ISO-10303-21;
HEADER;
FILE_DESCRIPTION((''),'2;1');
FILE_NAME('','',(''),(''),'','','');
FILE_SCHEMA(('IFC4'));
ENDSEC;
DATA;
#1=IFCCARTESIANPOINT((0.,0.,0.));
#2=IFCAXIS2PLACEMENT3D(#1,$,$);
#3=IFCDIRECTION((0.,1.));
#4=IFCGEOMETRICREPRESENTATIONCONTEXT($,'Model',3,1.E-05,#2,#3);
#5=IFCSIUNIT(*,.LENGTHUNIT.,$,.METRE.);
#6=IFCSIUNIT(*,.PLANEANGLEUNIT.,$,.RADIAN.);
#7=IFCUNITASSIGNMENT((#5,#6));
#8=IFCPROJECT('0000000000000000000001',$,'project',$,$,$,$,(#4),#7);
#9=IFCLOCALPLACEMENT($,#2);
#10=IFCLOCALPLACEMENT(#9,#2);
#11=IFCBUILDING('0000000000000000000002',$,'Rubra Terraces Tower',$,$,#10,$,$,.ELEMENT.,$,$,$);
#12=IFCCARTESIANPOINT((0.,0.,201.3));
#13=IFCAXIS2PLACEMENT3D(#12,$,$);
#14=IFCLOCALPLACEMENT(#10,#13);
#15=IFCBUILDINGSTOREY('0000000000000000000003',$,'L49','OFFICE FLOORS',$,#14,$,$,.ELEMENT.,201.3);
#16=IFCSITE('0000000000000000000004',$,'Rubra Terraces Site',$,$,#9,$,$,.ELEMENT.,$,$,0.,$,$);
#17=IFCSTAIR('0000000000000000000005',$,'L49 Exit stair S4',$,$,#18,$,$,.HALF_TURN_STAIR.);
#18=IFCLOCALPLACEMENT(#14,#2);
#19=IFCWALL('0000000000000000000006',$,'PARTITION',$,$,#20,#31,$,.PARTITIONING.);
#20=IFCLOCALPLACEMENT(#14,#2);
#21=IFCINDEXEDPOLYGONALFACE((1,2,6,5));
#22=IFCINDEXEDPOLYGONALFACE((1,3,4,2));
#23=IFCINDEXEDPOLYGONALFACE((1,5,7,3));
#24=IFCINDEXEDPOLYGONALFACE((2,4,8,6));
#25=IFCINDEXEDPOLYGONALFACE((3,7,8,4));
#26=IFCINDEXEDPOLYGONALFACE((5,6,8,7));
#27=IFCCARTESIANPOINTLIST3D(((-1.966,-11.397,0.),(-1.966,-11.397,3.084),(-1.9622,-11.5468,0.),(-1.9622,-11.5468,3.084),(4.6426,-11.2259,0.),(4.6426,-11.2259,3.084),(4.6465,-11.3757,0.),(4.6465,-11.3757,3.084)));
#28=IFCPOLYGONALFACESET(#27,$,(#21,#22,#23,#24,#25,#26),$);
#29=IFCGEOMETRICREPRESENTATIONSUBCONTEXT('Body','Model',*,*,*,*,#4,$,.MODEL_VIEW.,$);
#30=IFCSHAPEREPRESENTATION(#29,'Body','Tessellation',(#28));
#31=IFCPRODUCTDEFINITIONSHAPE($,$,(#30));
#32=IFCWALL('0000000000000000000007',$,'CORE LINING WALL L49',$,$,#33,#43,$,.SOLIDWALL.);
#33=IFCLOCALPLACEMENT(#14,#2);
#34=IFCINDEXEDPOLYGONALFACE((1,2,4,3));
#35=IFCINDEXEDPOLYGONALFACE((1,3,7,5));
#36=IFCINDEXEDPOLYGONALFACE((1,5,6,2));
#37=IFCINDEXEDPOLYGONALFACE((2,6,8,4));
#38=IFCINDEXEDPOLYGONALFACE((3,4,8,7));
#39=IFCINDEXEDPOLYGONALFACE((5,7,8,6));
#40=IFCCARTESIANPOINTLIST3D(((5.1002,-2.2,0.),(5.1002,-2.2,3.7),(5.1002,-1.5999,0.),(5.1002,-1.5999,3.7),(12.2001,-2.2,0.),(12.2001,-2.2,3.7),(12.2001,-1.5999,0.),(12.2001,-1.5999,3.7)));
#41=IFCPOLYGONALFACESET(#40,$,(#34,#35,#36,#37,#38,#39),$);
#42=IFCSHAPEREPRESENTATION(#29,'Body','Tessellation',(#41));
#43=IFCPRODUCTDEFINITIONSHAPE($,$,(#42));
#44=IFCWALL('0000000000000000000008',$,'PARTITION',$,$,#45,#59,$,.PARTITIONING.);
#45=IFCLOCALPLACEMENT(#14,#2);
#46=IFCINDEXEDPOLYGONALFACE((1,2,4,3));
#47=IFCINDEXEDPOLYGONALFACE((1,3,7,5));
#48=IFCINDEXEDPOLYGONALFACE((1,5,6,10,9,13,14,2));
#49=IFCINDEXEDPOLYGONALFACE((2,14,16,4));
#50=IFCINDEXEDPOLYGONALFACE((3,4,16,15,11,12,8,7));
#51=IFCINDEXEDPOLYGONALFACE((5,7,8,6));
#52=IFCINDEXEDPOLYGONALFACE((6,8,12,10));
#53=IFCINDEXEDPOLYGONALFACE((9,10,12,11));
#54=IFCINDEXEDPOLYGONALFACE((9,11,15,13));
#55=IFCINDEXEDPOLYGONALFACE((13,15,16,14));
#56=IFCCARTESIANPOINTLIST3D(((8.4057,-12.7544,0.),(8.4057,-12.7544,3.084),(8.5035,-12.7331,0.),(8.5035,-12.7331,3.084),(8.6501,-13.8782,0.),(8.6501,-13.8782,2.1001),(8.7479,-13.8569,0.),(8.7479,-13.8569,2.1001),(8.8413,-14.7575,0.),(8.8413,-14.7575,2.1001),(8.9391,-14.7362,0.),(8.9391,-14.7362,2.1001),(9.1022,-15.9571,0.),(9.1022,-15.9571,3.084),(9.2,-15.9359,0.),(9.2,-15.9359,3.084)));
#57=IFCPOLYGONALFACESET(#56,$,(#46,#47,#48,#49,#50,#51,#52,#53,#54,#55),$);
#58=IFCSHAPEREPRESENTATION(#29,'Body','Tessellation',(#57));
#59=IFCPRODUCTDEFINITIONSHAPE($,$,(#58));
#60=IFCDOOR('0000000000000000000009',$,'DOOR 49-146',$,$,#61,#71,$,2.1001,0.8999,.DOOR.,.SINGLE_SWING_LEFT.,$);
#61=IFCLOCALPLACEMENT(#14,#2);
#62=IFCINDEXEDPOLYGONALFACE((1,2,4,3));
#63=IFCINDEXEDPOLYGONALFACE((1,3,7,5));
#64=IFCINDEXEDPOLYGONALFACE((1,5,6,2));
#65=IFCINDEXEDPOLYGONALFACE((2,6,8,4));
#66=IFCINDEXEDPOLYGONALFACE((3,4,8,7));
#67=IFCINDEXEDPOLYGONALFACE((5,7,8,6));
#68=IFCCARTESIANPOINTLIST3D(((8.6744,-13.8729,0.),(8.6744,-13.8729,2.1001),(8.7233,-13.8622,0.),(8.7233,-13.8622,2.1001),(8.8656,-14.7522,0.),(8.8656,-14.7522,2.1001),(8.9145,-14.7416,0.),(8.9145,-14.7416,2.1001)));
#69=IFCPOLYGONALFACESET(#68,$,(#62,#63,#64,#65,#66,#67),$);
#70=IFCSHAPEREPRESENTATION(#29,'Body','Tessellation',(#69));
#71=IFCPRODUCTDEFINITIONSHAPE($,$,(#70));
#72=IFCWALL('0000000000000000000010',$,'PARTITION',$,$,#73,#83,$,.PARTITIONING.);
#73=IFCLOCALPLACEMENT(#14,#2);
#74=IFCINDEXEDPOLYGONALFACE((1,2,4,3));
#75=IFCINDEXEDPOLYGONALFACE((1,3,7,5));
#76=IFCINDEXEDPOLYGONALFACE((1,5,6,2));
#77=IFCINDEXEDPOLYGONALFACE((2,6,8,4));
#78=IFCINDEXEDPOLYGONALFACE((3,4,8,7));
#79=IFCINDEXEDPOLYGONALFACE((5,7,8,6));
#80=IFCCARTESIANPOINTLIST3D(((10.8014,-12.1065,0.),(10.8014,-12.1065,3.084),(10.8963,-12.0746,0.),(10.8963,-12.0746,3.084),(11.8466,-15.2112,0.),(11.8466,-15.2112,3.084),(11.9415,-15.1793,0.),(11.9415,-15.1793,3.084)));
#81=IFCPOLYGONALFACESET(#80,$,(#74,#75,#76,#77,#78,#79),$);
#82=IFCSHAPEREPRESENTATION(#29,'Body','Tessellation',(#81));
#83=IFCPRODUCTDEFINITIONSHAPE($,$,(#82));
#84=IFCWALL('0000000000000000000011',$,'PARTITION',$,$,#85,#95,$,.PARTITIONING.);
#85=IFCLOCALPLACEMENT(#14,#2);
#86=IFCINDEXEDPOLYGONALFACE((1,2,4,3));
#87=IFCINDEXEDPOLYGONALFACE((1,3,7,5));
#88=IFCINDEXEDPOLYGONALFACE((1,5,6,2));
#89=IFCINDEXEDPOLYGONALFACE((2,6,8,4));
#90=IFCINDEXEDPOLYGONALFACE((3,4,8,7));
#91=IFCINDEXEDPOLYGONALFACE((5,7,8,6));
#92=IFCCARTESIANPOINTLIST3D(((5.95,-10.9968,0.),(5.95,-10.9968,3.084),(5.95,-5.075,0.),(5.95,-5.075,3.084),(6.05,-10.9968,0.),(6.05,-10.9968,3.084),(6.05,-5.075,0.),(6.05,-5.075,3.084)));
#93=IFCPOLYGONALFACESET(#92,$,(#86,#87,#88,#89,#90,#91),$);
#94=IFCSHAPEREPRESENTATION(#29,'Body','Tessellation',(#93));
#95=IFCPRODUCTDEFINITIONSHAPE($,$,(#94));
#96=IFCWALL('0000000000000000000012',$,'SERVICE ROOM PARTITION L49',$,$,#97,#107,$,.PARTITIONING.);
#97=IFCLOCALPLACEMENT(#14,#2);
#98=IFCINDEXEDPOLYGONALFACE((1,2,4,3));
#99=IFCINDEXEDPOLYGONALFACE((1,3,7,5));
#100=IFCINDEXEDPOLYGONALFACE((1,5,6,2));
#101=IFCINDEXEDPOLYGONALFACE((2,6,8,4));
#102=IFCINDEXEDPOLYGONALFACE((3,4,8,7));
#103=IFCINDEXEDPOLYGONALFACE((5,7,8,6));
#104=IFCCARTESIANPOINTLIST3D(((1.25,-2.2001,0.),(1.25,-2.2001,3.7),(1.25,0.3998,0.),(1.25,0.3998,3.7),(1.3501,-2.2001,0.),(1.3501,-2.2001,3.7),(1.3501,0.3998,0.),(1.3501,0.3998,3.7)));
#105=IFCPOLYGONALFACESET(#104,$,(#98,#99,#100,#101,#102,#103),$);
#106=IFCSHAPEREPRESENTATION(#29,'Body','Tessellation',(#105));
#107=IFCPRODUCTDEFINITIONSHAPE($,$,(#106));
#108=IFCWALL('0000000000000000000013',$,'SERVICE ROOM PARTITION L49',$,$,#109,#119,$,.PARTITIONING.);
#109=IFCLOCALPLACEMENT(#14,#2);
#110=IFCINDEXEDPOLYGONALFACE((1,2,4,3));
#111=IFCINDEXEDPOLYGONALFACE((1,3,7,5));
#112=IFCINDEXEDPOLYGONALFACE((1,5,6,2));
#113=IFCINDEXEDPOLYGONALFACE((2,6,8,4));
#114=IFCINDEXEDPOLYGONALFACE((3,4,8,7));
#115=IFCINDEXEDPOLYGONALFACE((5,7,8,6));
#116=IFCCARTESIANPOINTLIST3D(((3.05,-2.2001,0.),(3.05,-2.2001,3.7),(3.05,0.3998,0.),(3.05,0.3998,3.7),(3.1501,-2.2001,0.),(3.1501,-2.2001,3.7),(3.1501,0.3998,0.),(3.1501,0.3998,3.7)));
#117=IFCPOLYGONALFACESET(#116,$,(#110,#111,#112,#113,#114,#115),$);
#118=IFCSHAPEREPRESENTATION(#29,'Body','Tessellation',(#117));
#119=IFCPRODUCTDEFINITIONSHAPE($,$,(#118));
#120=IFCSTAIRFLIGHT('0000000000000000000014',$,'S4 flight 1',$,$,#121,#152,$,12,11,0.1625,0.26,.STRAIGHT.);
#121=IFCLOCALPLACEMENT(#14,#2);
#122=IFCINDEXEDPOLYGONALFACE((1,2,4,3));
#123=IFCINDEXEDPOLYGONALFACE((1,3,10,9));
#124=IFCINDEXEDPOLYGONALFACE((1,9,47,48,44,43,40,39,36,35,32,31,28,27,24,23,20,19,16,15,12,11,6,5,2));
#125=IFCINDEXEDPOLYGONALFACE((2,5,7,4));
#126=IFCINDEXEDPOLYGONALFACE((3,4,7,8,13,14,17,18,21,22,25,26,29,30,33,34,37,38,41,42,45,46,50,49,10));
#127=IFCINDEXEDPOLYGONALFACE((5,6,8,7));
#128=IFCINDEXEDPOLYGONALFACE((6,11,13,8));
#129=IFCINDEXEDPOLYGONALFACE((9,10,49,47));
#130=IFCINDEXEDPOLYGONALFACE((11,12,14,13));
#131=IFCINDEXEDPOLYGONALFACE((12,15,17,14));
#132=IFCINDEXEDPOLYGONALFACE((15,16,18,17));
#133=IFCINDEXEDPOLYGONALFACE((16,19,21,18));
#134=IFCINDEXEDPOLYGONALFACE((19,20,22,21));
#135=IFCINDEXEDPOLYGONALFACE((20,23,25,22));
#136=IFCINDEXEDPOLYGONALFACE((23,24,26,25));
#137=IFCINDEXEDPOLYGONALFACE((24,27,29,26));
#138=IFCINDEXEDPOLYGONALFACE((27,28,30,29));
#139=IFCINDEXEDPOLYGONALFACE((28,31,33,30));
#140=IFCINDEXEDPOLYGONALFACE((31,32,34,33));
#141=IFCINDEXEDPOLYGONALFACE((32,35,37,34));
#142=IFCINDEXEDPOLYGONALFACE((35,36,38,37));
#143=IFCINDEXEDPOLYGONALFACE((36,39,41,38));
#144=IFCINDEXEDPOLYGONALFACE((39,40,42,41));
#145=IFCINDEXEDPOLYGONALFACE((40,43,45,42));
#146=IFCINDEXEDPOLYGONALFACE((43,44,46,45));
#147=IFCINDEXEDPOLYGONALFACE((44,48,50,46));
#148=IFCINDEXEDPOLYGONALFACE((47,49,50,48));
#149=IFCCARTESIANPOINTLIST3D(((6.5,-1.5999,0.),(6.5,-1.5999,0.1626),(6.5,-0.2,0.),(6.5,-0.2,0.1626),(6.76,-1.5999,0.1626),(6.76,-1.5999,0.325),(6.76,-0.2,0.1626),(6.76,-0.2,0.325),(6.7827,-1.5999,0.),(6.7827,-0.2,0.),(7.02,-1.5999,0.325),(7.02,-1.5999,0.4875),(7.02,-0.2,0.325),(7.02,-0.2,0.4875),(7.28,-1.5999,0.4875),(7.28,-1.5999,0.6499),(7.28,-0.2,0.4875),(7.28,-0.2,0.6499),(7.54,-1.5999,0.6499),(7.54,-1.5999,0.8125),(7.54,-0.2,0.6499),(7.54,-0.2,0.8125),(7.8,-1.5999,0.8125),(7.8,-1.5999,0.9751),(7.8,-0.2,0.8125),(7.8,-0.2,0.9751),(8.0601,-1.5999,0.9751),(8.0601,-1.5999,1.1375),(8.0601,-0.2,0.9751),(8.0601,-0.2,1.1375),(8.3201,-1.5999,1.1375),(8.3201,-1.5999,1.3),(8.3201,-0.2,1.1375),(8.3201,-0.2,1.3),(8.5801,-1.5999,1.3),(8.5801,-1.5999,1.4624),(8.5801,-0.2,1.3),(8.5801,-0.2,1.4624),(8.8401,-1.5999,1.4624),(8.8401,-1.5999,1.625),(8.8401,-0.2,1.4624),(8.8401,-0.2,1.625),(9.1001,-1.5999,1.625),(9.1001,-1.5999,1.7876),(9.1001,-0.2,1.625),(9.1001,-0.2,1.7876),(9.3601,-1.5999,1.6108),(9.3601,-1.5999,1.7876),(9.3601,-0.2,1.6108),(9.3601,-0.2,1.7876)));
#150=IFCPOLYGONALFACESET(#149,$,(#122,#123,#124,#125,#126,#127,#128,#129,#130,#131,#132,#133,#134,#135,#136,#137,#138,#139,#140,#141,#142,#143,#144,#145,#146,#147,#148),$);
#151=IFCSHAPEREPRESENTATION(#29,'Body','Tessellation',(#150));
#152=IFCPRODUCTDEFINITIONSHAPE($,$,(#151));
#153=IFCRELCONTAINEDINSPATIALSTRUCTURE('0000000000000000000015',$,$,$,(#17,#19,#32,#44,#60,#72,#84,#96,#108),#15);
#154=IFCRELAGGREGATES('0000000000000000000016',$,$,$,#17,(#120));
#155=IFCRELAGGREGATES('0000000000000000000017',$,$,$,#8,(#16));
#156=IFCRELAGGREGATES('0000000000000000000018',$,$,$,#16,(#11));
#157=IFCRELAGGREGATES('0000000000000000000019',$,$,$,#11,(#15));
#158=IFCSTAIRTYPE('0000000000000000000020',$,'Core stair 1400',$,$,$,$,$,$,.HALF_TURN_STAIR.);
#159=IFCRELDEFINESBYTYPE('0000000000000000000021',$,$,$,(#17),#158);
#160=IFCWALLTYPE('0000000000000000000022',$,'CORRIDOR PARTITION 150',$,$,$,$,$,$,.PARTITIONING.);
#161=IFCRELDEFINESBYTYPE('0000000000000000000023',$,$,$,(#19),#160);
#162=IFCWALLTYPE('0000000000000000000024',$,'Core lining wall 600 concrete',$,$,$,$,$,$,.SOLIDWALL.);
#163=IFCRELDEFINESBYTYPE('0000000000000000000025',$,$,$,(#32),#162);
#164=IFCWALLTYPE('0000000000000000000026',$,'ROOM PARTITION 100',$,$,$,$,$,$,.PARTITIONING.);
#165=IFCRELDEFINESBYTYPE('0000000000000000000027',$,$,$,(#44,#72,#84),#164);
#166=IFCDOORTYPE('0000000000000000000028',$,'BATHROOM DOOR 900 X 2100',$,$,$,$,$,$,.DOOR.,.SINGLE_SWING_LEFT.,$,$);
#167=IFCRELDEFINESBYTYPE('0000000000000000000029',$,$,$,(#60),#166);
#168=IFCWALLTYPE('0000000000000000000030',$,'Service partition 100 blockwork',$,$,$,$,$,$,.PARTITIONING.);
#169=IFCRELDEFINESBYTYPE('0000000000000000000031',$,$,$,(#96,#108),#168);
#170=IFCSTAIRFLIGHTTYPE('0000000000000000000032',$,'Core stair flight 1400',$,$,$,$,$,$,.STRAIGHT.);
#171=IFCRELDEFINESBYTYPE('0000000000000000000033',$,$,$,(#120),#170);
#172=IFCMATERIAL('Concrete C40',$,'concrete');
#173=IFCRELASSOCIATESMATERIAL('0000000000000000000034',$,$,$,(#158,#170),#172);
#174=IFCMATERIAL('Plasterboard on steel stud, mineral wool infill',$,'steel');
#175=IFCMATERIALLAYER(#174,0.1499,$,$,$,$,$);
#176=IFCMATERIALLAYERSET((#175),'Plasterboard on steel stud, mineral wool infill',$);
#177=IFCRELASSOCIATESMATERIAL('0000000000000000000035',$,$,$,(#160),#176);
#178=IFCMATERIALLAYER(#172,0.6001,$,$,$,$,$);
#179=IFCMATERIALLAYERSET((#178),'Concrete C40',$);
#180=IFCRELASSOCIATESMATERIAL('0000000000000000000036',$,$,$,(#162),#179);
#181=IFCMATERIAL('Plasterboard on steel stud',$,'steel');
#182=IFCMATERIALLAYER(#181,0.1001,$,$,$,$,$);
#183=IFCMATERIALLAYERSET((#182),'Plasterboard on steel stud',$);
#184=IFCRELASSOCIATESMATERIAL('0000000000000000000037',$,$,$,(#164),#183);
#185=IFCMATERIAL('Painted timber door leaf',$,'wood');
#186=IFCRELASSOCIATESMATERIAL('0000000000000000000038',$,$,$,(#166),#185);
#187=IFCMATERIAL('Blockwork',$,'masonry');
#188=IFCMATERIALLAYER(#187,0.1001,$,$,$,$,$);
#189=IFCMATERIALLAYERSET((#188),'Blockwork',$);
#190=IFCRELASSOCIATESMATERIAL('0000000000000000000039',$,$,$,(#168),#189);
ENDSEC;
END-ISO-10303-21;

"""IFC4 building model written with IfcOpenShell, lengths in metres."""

from ifc_helpers import new_model, si_unit, direction, frame, frame_2d, origin, place, context, subcontext, project, spatial, polyline, rectangle, outline, extrude, material, layer, layer_set, type_object, element, fill, aggregate, save


model = new_model("IFC4")

# Units and contexts
model_context = context("Model", 3, precision=1e-05, world=origin(), true_north=direction((0.0, 1.0)))
body_context = subcontext(model_context, "Body", "Model", "MODEL_VIEW")
ifc_project = project(units=[si_unit("LENGTHUNIT", "METRE"), si_unit("PLANEANGLEUNIT", "RADIAN")], contexts=[model_context])

# Site, building, storey
site_placement = place(None, origin())
site = spatial("IfcSite", under=ifc_project, at=site_placement, Name="Rubra Terraces Site", CompositionType="ELEMENT", RefElevation=0.0)
building_placement = place(site_placement, origin())
building = spatial("IfcBuilding", under=site, at=building_placement, Name="Rubra Terraces Tower", CompositionType="ELEMENT")
storey_placement = place(building_placement, frame((0.0, 0.0, 201.3)))
storey = spatial("IfcBuildingStorey", under=building, at=storey_placement, Name="L49", Description="OFFICE FLOORS", CompositionType="ELEMENT", Elevation=201.3)

# Stair
ifc_material_1 = material(Name="Concrete C40", Category="concrete")
stair_type = type_object("IfcStairType", Name="Core stair 1400", PredefinedType="HALF_TURN_STAIR", material=ifc_material_1)
stair_1_placement = place(storey_placement, origin())
stair_1 = element("IfcStair", 1, at=stair_1_placement, inside=storey, type_object=stair_type, Name="L49 Exit stair S4", PredefinedType="HALF_TURN_STAIR")

# Shared definitions
ifc_material_2 = material(Name="Plasterboard on steel stud, mineral wool infill", Category="steel")
ifc_layer_1 = layer(ifc_material_2, 0.1499)
ifc_layer_set_1 = layer_set([ifc_layer_1], Name="Plasterboard on steel stud, mineral wool infill")
wall_type_1 = type_object("IfcWallType", Name="CORRIDOR PARTITION 150", PredefinedType="PARTITIONING", material=ifc_layer_set_1)

# Walls
wall_1_placement = place(storey_placement, frame((4.6445, -11.3008, 0.0), z_axis=(0.0, 0.0, 1.0), x_axis=(-0.999665, -0.025888, 0.0)))
element("IfcWall", 2, at=wall_1_placement, inside=storey, type_object=wall_type_1, Name="PARTITION", PredefinedType="PARTITIONING", context=body_context, shape_type="SweptSolid", body=[
    extrude(rectangle(XDim=6.6108, YDim=0.1499, at=frame_2d((3.3054, 0.0))), origin(), (0.0, 0.0, 1.0), 3.084),
])
ifc_layer_2 = layer(ifc_material_1, 0.6001)
ifc_layer_set_2 = layer_set([ifc_layer_2], Name="Concrete C40")
wall_type_2 = type_object("IfcWallType", Name="Core lining wall 600 concrete", PredefinedType="SOLIDWALL", material=ifc_layer_set_2)
wall_2_placement = place(storey_placement, frame((12.2, -1.8999, 0.0), z_axis=(0.0, 0.0, 1.0), x_axis=(-1.0, 0.0, 0.0)))
element("IfcWall", 3, at=wall_2_placement, inside=storey, type_object=wall_type_2, Name="CORE LINING WALL L49", PredefinedType="SOLIDWALL", context=body_context, shape_type="SweptSolid", body=[
    extrude(rectangle(XDim=7.0999, YDim=0.6001, at=frame_2d((3.5498, 0.0))), origin(), (0.0, 0.0, 1.0), 3.7),
])

# Wall, opening, door
ifc_material_3 = material(Name="Plasterboard on steel stud", Category="steel")
ifc_layer_3 = layer(ifc_material_3, 0.1001)
ifc_layer_set_3 = layer_set([ifc_layer_3], Name="Plasterboard on steel stud")
wall_type_3 = type_object("IfcWallType", Name="ROOM PARTITION 100", PredefinedType="PARTITIONING", material=ifc_layer_set_3)
wall_3_placement = place(storey_placement, frame((8.4546, -12.7439, 0.0), z_axis=(0.0, 0.0, 1.0), x_axis=(0.212519, -0.977157, 0.0)))
wall_3 = element("IfcWall", 4, at=wall_3_placement, inside=storey, type_object=wall_type_3, Name="PARTITION", PredefinedType="PARTITIONING", context=body_context, shape_type="SweptSolid", body=[
    extrude(rectangle(XDim=3.2776, YDim=0.1001, at=frame_2d((1.6387, 0.0))), origin(), (0.0, 0.0, 1.0), 3.084),
])
opening_1_placement = place(wall_3_placement, frame((1.1499, 0.0, 0.0)))
opening_1 = element("IfcOpeningElement", 5, at=opening_1_placement, cuts=wall_3, PredefinedType="OPENING", context=body_context, shape_type="SweptSolid", body=[
    extrude(rectangle(XDim=0.8999, YDim=2.1001, at=frame_2d((0.45, 1.05))), frame((0.0, 0.0601, 0.0), z_axis=(0.0, -1.0, 0.0), x_axis=(1.0, 0.0, 0.0)), (0.0, 0.0, 1.0), 0.1201),
])
ifc_material_4 = material(Name="Painted timber door leaf", Category="wood")
door_type_1 = type_object("IfcDoorType", Name="BATHROOM DOOR 900 X 2100", OperationType="SINGLE_SWING_LEFT", PredefinedType="DOOR", material=ifc_material_4)
door_1_placement = place(opening_1_placement, origin())
door_1 = element("IfcDoor", 6, at=door_1_placement, inside=storey, type_object=door_type_1, Name="DOOR 49-146", OperationType="SINGLE_SWING_LEFT", OverallHeight=2.1001, OverallWidth=0.8999, PredefinedType="DOOR", context=body_context, shape_type="SweptSolid", body=[
    extrude(rectangle(XDim=0.8999, YDim=2.1001, at=frame_2d((0.45, 1.05))), frame((0.0, 0.0249, 0.0), z_axis=(0.0, -1.0, 0.0), x_axis=(1.0, 0.0, 0.0)), (0.0, 0.0, 1.0), 0.05),
])
fill(opening_1, door_1)

# Walls
wall_4_placement = place(storey_placement, frame((10.8489, -12.0906, 0.0), z_axis=(0.0, 0.0, 1.0), x_axis=(0.319043, -0.94774, 0.0)))
element("IfcWall", 7, at=wall_4_placement, inside=storey, type_object=wall_type_3, Name="PARTITION", PredefinedType="PARTITIONING", context=body_context, shape_type="SweptSolid", body=[
    extrude(rectangle(XDim=3.2759, YDim=0.1001, at=frame_2d((1.6379, 0.0))), origin(), (0.0, 0.0, 1.0), 3.084),
])
wall_5_placement = place(storey_placement, frame((6.0, -10.9968, 0.0), z_axis=(0.0, 0.0, 1.0), x_axis=(0.0, 1.0, 0.0)))
element("IfcWall", 8, at=wall_5_placement, inside=storey, type_object=wall_type_3, Name="PARTITION", PredefinedType="PARTITIONING", context=body_context, shape_type="SweptSolid", body=[
    extrude(rectangle(XDim=5.9219, YDim=0.1001, at=frame_2d((2.9609, 0.0))), origin(), (0.0, 0.0, 1.0), 3.084),
])
ifc_material_5 = material(Name="Blockwork", Category="masonry")
ifc_layer_4 = layer(ifc_material_5, 0.1001)
ifc_layer_set_4 = layer_set([ifc_layer_4], Name="Blockwork")
wall_type_4 = type_object("IfcWallType", Name="Service partition 100 blockwork", PredefinedType="PARTITIONING", material=ifc_layer_set_4)
for number, where, z_axis, x_axis, name in (
    (9, (1.3, -2.2, 0.0), (0.0, 0.0, 1.0), (0.0, 1.0, 0.0), "SERVICE ROOM PARTITION L49"),
    (10, (3.1001, -2.2, 0.0), (0.0, 0.0, 1.0), (0.0, 1.0, 0.0), "SERVICE ROOM PARTITION L49"),
):
    element("IfcWall", number, at=place(storey_placement, frame(where, z_axis=z_axis, x_axis=x_axis)), inside=storey, type_object=wall_type_4, Name=name, PredefinedType="PARTITIONING", context=body_context, shape_type="SweptSolid", body=[
        extrude(rectangle(XDim=2.5999, YDim=0.1001, at=frame_2d((1.2998, 0.0))), origin(), (0.0, 0.0, 1.0), 3.7),
    ])

# Stair flight
stair_flight_type = type_object("IfcStairFlightType", Name="Core stair flight 1400", PredefinedType="STRAIGHT", material=ifc_material_1)
stair_flight_placement = place(storey_placement, frame((6.5, -0.8999, 0.0), z_axis=(0.0, 0.0, 1.0), x_axis=(1.0, 0.0, 0.0)))
stair_flight = element("IfcStairFlight", 11, at=stair_flight_placement, type_object=stair_flight_type, Name="S4 flight 1", NumberOfRisers=12, NumberOfTreads=11, PredefinedType="STRAIGHT", RiserHeight=0.1625, TreadLength=0.26, context=body_context, shape_type="SweptSolid", body=[
    extrude(outline(polyline([(0.0, 0.0), (0.0, 0.1626), (0.26, 0.1626), (0.26, 0.325), (0.52, 0.325), (0.52, 0.4875), (0.78, 0.4875), (0.78, 0.6499), (1.04, 0.6499), (1.04, 0.8125), (1.3, 0.8125), (1.3, 0.9751), (1.5601, 0.9751), (1.5601, 1.1375), (1.8201, 1.1375), (1.8201, 1.3), (2.0801, 1.3), (2.0801, 1.4624), (2.3401, 1.4624), (2.3401, 1.625), (2.6001, 1.625), (2.6001, 1.7876), (2.8601, 1.7876), (2.8601, 1.95), (2.8601, 1.6108), (0.2827, 0.0), (0.0, 0.0)])), frame((0.0, 0.7, 0.0), z_axis=(0.0, -1.0, 0.0), x_axis=(1.0, 0.0, 0.0)), (0.0, 0.0, 1.0), 1.3999),
])
aggregate(stair_1, [stair_flight])

save(model, "model.ifc")
